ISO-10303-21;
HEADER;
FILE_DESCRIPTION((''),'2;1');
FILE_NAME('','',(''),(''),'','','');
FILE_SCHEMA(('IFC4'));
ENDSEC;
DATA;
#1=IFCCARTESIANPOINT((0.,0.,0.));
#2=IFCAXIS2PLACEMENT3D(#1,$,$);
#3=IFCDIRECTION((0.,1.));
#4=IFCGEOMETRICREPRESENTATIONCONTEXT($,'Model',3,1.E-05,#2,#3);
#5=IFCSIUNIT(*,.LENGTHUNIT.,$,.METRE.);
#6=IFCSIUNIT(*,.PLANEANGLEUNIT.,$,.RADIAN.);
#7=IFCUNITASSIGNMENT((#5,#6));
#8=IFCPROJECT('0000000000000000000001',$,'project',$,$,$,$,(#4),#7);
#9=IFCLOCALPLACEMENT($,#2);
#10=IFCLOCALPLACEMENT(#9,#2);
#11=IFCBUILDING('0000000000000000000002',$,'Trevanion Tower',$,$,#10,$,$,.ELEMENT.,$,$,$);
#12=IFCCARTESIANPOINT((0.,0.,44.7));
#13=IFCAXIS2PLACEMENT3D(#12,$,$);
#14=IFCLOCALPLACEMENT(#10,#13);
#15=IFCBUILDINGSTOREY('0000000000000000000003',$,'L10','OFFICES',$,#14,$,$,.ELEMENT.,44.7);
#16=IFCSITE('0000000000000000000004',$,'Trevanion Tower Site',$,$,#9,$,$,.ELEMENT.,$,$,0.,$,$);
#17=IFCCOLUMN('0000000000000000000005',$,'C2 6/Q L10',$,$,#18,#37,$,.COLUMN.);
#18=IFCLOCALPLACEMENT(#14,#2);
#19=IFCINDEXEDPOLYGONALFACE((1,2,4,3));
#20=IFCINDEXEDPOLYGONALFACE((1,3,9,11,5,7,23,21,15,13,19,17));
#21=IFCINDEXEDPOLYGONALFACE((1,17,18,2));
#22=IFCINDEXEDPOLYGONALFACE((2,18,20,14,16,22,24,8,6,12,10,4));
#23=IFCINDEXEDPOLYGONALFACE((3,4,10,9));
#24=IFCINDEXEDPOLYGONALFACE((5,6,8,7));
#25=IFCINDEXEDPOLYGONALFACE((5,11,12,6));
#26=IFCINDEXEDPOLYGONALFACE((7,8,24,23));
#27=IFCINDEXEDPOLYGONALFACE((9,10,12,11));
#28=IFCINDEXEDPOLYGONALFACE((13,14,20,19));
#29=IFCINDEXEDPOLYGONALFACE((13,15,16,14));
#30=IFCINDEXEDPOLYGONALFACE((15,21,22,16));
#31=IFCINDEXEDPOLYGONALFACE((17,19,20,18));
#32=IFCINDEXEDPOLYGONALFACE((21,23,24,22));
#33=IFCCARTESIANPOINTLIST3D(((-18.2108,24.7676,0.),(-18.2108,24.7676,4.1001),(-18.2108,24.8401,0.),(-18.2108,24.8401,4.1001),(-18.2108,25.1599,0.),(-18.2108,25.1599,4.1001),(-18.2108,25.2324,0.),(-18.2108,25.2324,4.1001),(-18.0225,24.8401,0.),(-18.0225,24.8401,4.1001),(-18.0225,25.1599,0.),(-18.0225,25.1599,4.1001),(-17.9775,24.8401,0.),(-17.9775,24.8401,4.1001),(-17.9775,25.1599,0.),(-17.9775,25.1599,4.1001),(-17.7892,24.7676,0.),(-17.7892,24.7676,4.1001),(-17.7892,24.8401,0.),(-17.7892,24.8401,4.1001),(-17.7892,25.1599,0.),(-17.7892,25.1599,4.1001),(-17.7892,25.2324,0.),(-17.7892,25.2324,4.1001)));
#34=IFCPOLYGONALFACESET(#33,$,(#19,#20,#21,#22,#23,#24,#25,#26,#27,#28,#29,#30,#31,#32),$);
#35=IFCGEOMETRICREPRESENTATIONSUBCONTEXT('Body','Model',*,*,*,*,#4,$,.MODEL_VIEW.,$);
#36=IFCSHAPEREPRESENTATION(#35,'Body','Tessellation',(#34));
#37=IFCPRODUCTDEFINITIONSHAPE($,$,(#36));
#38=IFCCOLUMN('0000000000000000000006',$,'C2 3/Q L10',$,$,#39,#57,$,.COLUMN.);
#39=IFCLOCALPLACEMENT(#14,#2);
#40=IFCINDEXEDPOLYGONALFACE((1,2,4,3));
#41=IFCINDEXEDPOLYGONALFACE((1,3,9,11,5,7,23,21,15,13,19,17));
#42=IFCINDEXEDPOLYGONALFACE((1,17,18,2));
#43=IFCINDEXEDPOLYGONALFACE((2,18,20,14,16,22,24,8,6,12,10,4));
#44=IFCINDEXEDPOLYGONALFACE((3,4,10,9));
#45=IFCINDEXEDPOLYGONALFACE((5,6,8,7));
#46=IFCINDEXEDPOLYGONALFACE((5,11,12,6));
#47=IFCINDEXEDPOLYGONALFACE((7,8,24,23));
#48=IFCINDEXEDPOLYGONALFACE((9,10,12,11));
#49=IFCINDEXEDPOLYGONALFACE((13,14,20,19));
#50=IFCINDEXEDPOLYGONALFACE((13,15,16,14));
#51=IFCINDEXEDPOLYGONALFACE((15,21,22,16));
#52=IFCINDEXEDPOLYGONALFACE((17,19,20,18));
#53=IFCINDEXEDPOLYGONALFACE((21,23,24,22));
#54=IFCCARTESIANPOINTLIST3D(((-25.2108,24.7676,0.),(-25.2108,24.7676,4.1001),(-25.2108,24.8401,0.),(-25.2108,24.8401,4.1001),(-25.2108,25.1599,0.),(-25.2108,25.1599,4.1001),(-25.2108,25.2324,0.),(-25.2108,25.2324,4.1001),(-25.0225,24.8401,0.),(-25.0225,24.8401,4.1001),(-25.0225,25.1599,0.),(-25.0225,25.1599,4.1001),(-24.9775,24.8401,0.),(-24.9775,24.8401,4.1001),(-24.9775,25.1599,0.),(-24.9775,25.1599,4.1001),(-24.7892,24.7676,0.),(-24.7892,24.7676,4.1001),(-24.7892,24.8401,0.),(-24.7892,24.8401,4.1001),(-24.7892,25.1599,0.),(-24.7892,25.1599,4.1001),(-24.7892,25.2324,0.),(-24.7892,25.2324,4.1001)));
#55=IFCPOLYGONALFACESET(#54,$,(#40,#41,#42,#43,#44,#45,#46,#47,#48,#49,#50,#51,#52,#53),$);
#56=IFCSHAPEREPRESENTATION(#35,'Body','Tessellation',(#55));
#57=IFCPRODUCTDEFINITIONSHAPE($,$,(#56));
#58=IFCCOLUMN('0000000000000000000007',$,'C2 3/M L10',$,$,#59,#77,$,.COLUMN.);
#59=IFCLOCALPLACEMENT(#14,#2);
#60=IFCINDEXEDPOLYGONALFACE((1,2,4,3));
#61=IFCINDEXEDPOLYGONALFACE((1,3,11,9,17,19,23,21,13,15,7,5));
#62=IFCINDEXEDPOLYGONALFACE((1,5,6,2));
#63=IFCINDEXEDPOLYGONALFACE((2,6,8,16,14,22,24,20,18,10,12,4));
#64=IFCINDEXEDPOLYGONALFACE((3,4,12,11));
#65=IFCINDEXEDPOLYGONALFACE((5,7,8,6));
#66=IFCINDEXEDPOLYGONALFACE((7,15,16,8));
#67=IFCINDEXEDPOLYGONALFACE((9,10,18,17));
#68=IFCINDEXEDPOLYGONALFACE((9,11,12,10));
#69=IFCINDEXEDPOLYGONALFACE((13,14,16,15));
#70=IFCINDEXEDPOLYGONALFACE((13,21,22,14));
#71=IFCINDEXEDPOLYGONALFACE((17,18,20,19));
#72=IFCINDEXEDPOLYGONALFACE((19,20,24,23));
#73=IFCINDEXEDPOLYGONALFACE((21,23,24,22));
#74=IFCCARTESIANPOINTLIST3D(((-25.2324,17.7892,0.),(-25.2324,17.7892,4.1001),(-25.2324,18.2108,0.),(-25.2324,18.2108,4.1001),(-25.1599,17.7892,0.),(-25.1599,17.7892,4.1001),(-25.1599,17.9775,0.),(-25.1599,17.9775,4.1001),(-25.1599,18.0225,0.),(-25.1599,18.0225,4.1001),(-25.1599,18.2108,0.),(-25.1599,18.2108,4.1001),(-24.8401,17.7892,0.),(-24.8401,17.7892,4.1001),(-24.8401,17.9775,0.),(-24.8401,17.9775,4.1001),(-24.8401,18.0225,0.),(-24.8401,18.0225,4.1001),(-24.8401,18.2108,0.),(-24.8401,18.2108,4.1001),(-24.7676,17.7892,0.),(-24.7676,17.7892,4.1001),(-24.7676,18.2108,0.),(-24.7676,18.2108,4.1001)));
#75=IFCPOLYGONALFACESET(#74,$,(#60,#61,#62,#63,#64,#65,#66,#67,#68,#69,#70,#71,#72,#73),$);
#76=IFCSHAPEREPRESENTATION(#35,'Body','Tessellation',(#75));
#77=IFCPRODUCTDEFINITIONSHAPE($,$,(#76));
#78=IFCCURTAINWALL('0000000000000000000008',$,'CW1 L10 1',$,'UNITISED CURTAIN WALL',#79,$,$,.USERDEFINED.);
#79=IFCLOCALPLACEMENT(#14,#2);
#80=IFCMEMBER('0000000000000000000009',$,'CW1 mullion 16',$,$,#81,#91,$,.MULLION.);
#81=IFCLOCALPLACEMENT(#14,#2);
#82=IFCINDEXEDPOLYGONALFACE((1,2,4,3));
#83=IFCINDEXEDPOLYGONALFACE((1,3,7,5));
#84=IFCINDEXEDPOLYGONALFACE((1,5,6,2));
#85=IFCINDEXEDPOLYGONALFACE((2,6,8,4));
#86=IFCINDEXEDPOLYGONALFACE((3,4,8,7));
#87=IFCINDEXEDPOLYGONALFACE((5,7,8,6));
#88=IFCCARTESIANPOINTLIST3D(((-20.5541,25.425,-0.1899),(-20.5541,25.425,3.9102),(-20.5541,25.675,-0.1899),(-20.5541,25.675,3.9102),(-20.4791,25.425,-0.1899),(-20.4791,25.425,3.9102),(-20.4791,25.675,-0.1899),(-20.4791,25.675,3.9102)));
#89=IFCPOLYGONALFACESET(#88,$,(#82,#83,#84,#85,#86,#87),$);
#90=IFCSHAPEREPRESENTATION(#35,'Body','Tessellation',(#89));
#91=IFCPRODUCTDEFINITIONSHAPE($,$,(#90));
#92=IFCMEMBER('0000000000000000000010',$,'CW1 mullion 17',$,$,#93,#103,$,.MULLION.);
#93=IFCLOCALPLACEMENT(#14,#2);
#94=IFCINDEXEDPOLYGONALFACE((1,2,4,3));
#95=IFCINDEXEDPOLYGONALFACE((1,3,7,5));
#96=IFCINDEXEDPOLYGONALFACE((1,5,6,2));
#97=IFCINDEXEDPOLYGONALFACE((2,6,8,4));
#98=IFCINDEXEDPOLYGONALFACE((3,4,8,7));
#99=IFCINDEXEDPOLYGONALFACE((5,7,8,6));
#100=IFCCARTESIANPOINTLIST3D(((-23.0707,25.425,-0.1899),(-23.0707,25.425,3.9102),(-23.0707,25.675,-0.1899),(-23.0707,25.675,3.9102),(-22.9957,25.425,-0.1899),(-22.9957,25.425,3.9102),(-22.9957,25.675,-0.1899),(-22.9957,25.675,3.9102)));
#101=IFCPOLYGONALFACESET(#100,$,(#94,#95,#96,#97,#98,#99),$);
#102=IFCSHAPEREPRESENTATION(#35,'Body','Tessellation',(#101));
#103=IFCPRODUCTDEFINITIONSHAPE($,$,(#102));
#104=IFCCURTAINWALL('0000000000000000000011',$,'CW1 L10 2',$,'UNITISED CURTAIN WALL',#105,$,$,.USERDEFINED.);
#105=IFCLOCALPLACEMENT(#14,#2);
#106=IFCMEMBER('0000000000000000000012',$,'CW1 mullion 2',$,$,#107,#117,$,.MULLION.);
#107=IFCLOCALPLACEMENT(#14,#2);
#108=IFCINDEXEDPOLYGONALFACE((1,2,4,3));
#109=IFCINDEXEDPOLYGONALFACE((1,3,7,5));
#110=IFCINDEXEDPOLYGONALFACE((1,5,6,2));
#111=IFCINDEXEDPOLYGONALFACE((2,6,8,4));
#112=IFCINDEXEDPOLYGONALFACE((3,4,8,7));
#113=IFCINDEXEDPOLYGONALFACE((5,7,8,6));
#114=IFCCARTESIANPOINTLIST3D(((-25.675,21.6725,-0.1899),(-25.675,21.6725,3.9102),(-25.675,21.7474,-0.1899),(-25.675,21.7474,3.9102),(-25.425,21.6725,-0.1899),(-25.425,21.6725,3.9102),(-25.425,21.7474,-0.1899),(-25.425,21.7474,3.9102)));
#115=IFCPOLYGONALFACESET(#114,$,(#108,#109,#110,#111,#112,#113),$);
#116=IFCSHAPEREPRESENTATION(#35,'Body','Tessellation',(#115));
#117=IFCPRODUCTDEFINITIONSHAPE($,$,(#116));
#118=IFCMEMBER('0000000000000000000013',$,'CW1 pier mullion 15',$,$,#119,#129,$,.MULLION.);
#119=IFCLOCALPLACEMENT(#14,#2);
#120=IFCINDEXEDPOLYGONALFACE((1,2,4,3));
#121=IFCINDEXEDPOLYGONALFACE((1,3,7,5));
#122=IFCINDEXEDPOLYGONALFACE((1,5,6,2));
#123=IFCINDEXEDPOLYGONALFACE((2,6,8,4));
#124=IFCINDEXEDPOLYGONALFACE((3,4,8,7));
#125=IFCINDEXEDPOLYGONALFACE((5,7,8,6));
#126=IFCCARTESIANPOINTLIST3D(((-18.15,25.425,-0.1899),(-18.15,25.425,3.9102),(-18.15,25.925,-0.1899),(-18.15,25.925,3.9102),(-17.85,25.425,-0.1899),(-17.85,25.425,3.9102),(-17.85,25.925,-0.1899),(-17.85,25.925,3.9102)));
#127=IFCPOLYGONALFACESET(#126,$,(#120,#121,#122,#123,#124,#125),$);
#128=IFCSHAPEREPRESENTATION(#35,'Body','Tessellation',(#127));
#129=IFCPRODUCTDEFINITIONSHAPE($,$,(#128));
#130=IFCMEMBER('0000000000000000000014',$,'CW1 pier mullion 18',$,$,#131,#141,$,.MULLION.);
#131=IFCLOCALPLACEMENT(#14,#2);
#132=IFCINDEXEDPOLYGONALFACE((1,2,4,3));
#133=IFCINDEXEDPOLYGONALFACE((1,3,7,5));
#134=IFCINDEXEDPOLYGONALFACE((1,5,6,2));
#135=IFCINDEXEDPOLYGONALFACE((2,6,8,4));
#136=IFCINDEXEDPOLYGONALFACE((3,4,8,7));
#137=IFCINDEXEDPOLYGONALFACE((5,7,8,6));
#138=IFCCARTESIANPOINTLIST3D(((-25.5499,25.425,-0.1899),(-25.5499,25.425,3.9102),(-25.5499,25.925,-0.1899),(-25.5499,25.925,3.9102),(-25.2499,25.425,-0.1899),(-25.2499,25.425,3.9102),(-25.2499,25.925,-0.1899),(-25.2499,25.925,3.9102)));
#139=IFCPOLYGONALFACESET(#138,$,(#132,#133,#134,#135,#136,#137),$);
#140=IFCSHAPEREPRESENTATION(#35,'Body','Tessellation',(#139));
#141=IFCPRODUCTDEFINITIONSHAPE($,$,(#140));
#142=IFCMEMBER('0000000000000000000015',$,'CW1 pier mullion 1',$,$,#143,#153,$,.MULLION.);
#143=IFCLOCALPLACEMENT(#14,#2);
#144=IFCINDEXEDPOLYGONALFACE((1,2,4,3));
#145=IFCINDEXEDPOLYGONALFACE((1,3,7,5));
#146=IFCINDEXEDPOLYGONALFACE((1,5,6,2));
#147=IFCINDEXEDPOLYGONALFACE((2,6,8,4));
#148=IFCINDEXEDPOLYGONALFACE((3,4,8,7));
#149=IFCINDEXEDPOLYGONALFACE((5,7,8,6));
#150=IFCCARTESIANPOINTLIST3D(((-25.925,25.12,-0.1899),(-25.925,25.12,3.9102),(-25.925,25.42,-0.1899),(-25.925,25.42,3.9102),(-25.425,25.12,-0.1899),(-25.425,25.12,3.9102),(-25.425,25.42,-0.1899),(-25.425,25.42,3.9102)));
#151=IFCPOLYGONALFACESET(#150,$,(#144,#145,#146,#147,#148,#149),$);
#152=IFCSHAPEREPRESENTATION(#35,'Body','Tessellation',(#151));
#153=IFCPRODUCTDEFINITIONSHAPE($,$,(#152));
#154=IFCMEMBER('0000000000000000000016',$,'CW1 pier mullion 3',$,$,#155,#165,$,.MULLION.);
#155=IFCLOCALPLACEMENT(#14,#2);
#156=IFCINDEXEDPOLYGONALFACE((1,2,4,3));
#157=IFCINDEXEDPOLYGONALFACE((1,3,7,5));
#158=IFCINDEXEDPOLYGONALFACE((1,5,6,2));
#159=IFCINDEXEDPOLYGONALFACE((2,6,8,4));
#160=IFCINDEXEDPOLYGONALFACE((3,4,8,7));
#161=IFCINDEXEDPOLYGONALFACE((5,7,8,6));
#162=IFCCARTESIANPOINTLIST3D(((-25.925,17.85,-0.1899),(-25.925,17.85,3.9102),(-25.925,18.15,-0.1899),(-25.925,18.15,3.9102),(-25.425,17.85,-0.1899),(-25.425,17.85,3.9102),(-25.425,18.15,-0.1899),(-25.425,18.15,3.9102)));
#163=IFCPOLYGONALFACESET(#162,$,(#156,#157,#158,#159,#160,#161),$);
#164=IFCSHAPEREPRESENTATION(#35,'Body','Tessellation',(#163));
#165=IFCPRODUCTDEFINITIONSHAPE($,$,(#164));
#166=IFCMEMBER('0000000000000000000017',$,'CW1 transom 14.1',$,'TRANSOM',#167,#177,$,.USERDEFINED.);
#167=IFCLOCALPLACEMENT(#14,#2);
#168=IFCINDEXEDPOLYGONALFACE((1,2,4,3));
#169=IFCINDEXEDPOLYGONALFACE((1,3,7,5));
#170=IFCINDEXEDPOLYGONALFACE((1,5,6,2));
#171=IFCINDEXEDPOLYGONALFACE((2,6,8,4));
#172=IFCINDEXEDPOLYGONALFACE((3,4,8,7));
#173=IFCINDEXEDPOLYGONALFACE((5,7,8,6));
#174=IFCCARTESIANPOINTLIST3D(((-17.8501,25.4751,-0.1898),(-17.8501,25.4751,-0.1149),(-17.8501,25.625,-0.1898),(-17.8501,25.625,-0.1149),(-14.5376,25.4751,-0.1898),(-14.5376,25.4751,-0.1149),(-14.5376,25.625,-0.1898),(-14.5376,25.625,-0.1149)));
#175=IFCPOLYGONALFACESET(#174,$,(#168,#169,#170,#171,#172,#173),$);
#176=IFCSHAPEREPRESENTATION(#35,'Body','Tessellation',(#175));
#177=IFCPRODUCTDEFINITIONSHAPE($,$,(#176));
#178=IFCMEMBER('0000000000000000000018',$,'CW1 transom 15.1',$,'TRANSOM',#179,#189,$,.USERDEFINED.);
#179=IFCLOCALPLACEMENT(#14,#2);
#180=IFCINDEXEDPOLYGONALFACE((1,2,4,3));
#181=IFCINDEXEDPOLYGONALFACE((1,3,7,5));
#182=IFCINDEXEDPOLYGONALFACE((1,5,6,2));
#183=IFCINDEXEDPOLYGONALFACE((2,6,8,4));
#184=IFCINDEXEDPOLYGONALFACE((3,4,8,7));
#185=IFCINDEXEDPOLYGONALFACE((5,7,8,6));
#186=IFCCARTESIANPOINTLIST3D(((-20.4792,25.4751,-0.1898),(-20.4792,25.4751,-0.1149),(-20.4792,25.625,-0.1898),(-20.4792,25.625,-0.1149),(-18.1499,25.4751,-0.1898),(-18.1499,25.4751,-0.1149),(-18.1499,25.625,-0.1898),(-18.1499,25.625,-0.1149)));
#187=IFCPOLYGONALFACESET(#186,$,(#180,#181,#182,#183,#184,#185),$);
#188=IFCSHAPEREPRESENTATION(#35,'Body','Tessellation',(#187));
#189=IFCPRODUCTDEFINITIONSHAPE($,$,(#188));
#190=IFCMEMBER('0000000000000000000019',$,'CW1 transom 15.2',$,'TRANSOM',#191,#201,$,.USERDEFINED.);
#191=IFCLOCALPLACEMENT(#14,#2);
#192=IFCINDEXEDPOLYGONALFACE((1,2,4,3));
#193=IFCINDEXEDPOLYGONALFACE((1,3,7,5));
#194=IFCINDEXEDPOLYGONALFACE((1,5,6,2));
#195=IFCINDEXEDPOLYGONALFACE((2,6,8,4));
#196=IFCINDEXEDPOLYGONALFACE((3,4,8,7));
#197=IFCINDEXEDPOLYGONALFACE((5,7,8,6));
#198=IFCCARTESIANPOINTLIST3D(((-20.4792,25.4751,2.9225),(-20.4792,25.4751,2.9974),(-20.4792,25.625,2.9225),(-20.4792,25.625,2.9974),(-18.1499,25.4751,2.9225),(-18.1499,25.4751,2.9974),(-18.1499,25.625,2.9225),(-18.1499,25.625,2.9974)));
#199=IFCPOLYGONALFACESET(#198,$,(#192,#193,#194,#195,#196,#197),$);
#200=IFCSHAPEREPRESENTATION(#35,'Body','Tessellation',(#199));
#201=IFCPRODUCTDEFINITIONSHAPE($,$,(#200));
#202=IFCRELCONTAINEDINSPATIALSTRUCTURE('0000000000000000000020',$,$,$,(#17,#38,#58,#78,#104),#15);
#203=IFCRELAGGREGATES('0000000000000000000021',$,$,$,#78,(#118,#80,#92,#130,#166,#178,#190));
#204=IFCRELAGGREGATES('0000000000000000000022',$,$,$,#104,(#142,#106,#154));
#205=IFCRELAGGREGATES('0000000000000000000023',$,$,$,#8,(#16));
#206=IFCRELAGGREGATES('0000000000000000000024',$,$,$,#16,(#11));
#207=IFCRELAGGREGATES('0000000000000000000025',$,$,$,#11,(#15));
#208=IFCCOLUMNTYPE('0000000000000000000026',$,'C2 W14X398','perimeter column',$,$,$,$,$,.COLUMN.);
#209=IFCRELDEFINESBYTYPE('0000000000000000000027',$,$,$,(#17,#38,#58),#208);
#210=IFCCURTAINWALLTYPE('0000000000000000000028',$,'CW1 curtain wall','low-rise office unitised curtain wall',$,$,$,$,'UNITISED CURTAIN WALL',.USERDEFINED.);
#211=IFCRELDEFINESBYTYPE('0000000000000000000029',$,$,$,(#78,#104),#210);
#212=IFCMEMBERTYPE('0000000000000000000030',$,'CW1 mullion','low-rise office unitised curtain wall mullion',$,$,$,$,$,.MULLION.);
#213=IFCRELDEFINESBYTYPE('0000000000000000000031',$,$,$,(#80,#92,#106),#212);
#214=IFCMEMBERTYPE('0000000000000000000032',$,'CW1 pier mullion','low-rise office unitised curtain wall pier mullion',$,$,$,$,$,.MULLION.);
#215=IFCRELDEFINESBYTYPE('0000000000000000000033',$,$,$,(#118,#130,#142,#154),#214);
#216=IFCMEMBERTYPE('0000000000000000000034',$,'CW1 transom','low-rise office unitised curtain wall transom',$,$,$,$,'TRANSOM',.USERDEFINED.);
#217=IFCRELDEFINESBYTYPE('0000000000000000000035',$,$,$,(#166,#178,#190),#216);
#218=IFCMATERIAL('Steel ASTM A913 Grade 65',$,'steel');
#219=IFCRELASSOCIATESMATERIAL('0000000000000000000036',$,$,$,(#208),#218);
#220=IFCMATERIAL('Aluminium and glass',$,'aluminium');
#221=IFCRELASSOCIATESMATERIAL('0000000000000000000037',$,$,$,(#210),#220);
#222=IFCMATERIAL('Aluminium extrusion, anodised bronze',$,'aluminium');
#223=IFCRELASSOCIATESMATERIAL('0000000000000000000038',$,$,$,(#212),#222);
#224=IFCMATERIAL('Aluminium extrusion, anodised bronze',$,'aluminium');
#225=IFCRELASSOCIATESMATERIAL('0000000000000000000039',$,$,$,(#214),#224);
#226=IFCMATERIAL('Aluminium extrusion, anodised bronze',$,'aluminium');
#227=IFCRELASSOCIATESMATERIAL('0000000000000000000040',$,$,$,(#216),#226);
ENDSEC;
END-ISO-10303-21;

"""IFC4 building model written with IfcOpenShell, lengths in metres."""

from ifc_helpers import new_model, si_unit, direction, frame, origin, origin_2d, place, context, subcontext, project, spatial, rectangle, i_section, extrude, material, material_profile, profile_set, type_object, element, aggregate, save


model = new_model("IFC4")

# Units and contexts
model_context = context("Model", 3, precision=1e-05, world=origin(), true_north=direction((0.0, 1.0)))
body_context = subcontext(model_context, "Body", "Model", "MODEL_VIEW")
ifc_project = project(units=[si_unit("LENGTHUNIT", "METRE"), si_unit("PLANEANGLEUNIT", "RADIAN")], contexts=[model_context])

# Site, building, storey
site_placement = place(None, origin())
site = spatial("IfcSite", under=ifc_project, at=site_placement, Name="Trevanion Tower Site", CompositionType="ELEMENT", RefElevation=0.0)
building_placement = place(site_placement, origin())
building = spatial("IfcBuilding", under=site, at=building_placement, Name="Trevanion Tower", CompositionType="ELEMENT")
storey_placement = place(building_placement, frame((0.0, 0.0, 44.7)))
storey = spatial("IfcBuildingStorey", under=building, at=storey_placement, Name="L10", Description="OFFICES", CompositionType="ELEMENT", Elevation=44.7)

# Columns
ifc_material_1 = material(Name="Steel ASTM A913 Grade 65", Category="steel")
ifc_material_profile_1 = material_profile(ifc_material_1, i_section(OverallWidth=0.4216, OverallDepth=0.4648, WebThickness=0.0449, FlangeThickness=0.0725, at=origin_2d()), Name="W14X398")
ifc_profile_set_1 = profile_set([ifc_material_profile_1], Name="Steel ASTM A913 Grade 65")
column_type = type_object("IfcColumnType", Name="C2 W14X398", Description="perimeter column", PredefinedType="COLUMN", material=ifc_profile_set_1)
for number, where, z_axis, x_axis, name in (
    (1, (-18.0, 25.0, 0.0), (0.0, 0.0, 1.0), (1.0, 0.0, 0.0), "C2 6/Q L10"),
    (2, (-25.0, 25.0, 0.0), (0.0, 0.0, 1.0), (1.0, 0.0, 0.0), "C2 3/Q L10"),
    (3, (-25.0, 18.0, 0.0), (0.0, 0.0, 1.0), (0.0, 1.0, 0.0), "C2 3/M L10"),
):
    element("IfcColumn", number, at=place(storey_placement, frame(where, z_axis=z_axis, x_axis=x_axis)), inside=storey, type_object=column_type, Name=name, PredefinedType="COLUMN", context=body_context, shape_type="SweptSolid", body=[
        extrude(i_section(OverallWidth=0.4216, OverallDepth=0.4648, WebThickness=0.0449, FlangeThickness=0.0725, at=origin_2d()), origin(), (0.0, 0.0, 1.0), 4.1001),
    ])

# Curtain wall, members
ifc_material_2 = material(Name="Aluminium and glass", Category="aluminium")
curtain_wall_type = type_object("IfcCurtainWallType", Name="CW1 curtain wall", Description="low-rise office unitised curtain wall", ElementType="UNITISED CURTAIN WALL", PredefinedType="USERDEFINED", material=ifc_material_2)
curtain_wall_1_placement = place(storey_placement, origin())
curtain_wall_1 = element("IfcCurtainWall", 4, at=curtain_wall_1_placement, inside=storey, type_object=curtain_wall_type, Name="CW1 L10 1", ObjectType="UNITISED CURTAIN WALL", PredefinedType="USERDEFINED")
ifc_material_3 = material(Name="Aluminium extrusion, anodised bronze", Category="aluminium")
ifc_material_profile_2 = material_profile(ifc_material_3, rectangle(XDim=0.075, YDim=0.25, at=origin_2d()), Name="CW1 mullion")
ifc_profile_set_2 = profile_set([ifc_material_profile_2], Name="Aluminium extrusion, anodised bronze")
member_type_1 = type_object("IfcMemberType", Name="CW1 mullion", Description="low-rise office unitised curtain wall mullion", PredefinedType="MULLION", material=ifc_profile_set_2)
member_1_placement = place(storey_placement, frame((-20.5166, 25.55, -0.1899), z_axis=(0.0, 0.0, 1.0), x_axis=(-1.0, 0.0, 0.0)))
member_1 = element("IfcMember", 5, at=member_1_placement, type_object=member_type_1, Name="CW1 mullion 16", PredefinedType="MULLION", context=body_context, shape_type="SweptSolid", body=[
    extrude(rectangle(XDim=0.075, YDim=0.25, at=origin_2d()), origin(), (0.0, 0.0, 1.0), 4.1001),
])
member_2_placement = place(storey_placement, frame((-23.0332, 25.55, -0.1899), z_axis=(0.0, 0.0, 1.0), x_axis=(-1.0, 0.0, 0.0)))
member_2 = element("IfcMember", 6, at=member_2_placement, type_object=member_type_1, Name="CW1 mullion 17", PredefinedType="MULLION", context=body_context, shape_type="SweptSolid", body=[
    extrude(rectangle(XDim=0.075, YDim=0.25, at=origin_2d()), origin(), (0.0, 0.0, 1.0), 4.1001),
])

# Curtain wall, member
curtain_wall_2_placement = place(storey_placement, origin())
curtain_wall_2 = element("IfcCurtainWall", 7, at=curtain_wall_2_placement, inside=storey, type_object=curtain_wall_type, Name="CW1 L10 2", ObjectType="UNITISED CURTAIN WALL", PredefinedType="USERDEFINED")
member_3_placement = place(storey_placement, frame((-25.55, 21.71, -0.1899), z_axis=(0.0, 0.0, 1.0), x_axis=(0.0, -1.0, 0.0)))
member_3 = element("IfcMember", 8, at=member_3_placement, type_object=member_type_1, Name="CW1 mullion 2", PredefinedType="MULLION", context=body_context, shape_type="SweptSolid", body=[
    extrude(rectangle(XDim=0.075, YDim=0.25, at=origin_2d()), origin(), (0.0, 0.0, 1.0), 4.1001),
])

# Members
ifc_material_4 = material(Name="Aluminium extrusion, anodised bronze", Category="aluminium")
ifc_material_profile_3 = material_profile(ifc_material_4, rectangle(XDim=0.3, YDim=0.5, at=origin_2d()), Name="CW1 pier mullion")
ifc_profile_set_3 = profile_set([ifc_material_profile_3], Name="Aluminium extrusion, anodised bronze")
member_type_2 = type_object("IfcMemberType", Name="CW1 pier mullion", Description="low-rise office unitised curtain wall pier mullion", PredefinedType="MULLION", material=ifc_profile_set_3)
member_4_placement = place(storey_placement, frame((-18.0, 25.675, -0.1899), z_axis=(0.0, 0.0, 1.0), x_axis=(-1.0, 0.0, 0.0)))
member_4 = element("IfcMember", 9, at=member_4_placement, type_object=member_type_2, Name="CW1 pier mullion 15", PredefinedType="MULLION", context=body_context, shape_type="SweptSolid", body=[
    extrude(rectangle(XDim=0.3, YDim=0.5, at=origin_2d()), origin(), (0.0, 0.0, 1.0), 4.1001),
])
member_5_placement = place(storey_placement, frame((-25.3999, 25.675, -0.1899), z_axis=(0.0, 0.0, 1.0), x_axis=(-1.0, 0.0, 0.0)))
member_5 = element("IfcMember", 10, at=member_5_placement, type_object=member_type_2, Name="CW1 pier mullion 18", PredefinedType="MULLION", context=body_context, shape_type="SweptSolid", body=[
    extrude(rectangle(XDim=0.3, YDim=0.5, at=origin_2d()), origin(), (0.0, 0.0, 1.0), 4.1001),
])
member_6_placement = place(storey_placement, frame((-25.675, 25.27, -0.1899), z_axis=(0.0, 0.0, 1.0), x_axis=(0.0, -1.0, 0.0)))
member_6 = element("IfcMember", 11, at=member_6_placement, type_object=member_type_2, Name="CW1 pier mullion 1", PredefinedType="MULLION", context=body_context, shape_type="SweptSolid", body=[
    extrude(rectangle(XDim=0.3, YDim=0.5, at=origin_2d()), origin(), (0.0, 0.0, 1.0), 4.1001),
])
member_7_placement = place(storey_placement, frame((-25.675, 18.0, -0.1899), z_axis=(0.0, 0.0, 1.0), x_axis=(0.0, -1.0, 0.0)))
member_7 = element("IfcMember", 12, at=member_7_placement, type_object=member_type_2, Name="CW1 pier mullion 3", PredefinedType="MULLION", context=body_context, shape_type="SweptSolid", body=[
    extrude(rectangle(XDim=0.3, YDim=0.5, at=origin_2d()), origin(), (0.0, 0.0, 1.0), 4.1001),
])
ifc_material_5 = material(Name="Aluminium extrusion, anodised bronze", Category="aluminium")
ifc_material_profile_4 = material_profile(ifc_material_5, rectangle(XDim=0.1499, YDim=0.075, at=origin_2d()), Name="CW1 transom")
ifc_profile_set_4 = profile_set([ifc_material_profile_4], Name="Aluminium extrusion, anodised bronze")
member_type_3 = type_object("IfcMemberType", Name="CW1 transom", Description="low-rise office unitised curtain wall transom", ElementType="TRANSOM", PredefinedType="USERDEFINED", material=ifc_profile_set_4)
member_8_placement = place(storey_placement, frame((-14.5376, 25.55, -0.1523), z_axis=(-1.0, 0.0, 0.0), x_axis=(0.0, -1.0, 0.0)))
member_8 = element("IfcMember", 13, at=member_8_placement, type_object=member_type_3, Name="CW1 transom 14.1", ObjectType="TRANSOM", PredefinedType="USERDEFINED", context=body_context, shape_type="SweptSolid", body=[
    extrude(rectangle(XDim=0.1499, YDim=0.075, at=origin_2d()), origin(), (0.0, 0.0, 1.0), 3.3125),
])
member_9_placement = place(storey_placement, frame((-18.1499, 25.55, -0.1523), z_axis=(-1.0, 0.0, 0.0), x_axis=(0.0, -1.0, 0.0)))
member_9 = element("IfcMember", 14, at=member_9_placement, type_object=member_type_3, Name="CW1 transom 15.1", ObjectType="TRANSOM", PredefinedType="USERDEFINED", context=body_context, shape_type="SweptSolid", body=[
    extrude(rectangle(XDim=0.1499, YDim=0.075, at=origin_2d()), origin(), (0.0, 0.0, 1.0), 2.3293),
])
member_10_placement = place(storey_placement, frame((-18.1499, 25.55, 2.96), z_axis=(-1.0, 0.0, 0.0), x_axis=(0.0, -1.0, 0.0)))
member_10 = element("IfcMember", 15, at=member_10_placement, type_object=member_type_3, Name="CW1 transom 15.2", ObjectType="TRANSOM", PredefinedType="USERDEFINED", context=body_context, shape_type="SweptSolid", body=[
    extrude(rectangle(XDim=0.1499, YDim=0.075, at=origin_2d()), origin(), (0.0, 0.0, 1.0), 2.3293),
])

aggregate(curtain_wall_1, [member_4, member_1, member_2, member_5, member_8, member_9, member_10])
aggregate(curtain_wall_2, [member_6, member_3, member_7])

save(model, "model.ifc")
